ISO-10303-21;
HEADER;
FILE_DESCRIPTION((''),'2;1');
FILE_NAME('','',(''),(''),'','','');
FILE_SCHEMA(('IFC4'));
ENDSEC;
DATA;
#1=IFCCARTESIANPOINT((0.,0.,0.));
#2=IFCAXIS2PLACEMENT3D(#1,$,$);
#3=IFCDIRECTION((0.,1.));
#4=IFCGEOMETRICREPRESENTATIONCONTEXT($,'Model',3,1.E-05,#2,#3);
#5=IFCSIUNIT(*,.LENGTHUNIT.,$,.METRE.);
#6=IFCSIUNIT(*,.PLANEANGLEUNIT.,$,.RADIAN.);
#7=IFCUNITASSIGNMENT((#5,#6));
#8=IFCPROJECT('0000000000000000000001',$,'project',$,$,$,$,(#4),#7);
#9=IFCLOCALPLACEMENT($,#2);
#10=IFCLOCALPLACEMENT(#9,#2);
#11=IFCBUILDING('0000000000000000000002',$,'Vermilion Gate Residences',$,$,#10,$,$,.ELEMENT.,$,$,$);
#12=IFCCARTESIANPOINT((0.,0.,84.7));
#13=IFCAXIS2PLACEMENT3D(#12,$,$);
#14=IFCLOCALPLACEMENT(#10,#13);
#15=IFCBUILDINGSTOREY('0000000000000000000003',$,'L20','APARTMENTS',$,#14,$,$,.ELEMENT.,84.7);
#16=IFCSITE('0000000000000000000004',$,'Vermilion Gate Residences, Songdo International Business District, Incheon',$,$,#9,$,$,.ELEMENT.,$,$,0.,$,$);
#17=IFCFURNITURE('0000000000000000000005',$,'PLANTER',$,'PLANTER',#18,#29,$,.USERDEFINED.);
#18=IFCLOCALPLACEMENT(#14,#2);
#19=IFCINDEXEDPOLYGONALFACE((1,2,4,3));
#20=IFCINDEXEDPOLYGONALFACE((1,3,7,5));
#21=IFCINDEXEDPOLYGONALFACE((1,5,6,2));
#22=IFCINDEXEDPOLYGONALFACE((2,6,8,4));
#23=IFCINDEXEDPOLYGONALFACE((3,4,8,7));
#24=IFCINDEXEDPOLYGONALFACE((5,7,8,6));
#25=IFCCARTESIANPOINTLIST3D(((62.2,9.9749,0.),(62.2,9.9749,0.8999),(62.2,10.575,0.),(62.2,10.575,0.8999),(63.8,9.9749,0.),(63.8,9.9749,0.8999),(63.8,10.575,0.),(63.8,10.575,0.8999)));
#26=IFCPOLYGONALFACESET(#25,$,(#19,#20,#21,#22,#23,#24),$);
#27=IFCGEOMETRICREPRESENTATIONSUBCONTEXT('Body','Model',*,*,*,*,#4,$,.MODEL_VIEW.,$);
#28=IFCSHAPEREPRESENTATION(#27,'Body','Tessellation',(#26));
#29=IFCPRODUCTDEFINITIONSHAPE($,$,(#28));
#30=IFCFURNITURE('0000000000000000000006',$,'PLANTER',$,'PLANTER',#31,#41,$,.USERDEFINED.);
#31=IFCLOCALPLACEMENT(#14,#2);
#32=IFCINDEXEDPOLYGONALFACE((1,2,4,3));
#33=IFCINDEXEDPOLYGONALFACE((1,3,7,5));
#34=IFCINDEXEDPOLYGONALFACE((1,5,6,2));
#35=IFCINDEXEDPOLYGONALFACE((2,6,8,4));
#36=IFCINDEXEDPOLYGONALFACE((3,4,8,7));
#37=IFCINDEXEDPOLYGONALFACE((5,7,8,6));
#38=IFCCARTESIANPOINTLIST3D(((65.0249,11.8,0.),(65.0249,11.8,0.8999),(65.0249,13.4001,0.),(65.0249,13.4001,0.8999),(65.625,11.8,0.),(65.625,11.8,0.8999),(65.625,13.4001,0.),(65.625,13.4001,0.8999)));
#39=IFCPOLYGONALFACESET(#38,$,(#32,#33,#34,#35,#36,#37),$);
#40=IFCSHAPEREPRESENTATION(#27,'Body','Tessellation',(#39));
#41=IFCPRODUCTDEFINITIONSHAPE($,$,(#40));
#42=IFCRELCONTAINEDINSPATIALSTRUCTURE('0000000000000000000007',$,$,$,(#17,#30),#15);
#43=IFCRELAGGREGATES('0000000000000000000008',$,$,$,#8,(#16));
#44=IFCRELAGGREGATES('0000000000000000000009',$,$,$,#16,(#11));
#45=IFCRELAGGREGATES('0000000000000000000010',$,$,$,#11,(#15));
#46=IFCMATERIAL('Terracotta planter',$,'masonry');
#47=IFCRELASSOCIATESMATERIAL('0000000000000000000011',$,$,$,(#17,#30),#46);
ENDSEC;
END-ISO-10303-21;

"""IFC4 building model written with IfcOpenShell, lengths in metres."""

from ifc_helpers import new_model, si_unit, direction, frame, origin, origin_2d, place, context, subcontext, project, spatial, rectangle, extrude, material, element, save


model = new_model("IFC4")

# Units and contexts
model_context = context("Model", 3, precision=1e-05, world=origin(), true_north=direction((0.0, 1.0)))
body_context = subcontext(model_context, "Body", "Model", "MODEL_VIEW")
ifc_project = project(units=[si_unit("LENGTHUNIT", "METRE"), si_unit("PLANEANGLEUNIT", "RADIAN")], contexts=[model_context])

# Site, building, storey
site_placement = place(None, origin())
site = spatial("IfcSite", under=ifc_project, at=site_placement, Name="Vermilion Gate Residences, Songdo International Business District, Incheon", CompositionType="ELEMENT", RefElevation=0.0)
building_placement = place(site_placement, origin())
building = spatial("IfcBuilding", under=site, at=building_placement, Name="Vermilion Gate Residences", CompositionType="ELEMENT")
storey_placement = place(building_placement, frame((0.0, 0.0, 84.7)))
storey = spatial("IfcBuildingStorey", under=building, at=storey_placement, Name="L20", Description="APARTMENTS", CompositionType="ELEMENT", Elevation=84.7)

# Furniture
ifc_material_1 = material(Name="Terracotta planter", Category="masonry")
for number, where, z_axis, x_axis, name in (
    (1, (63.0, 10.2749, 0.0), (0.0, 0.0, 1.0), (1.0, 0.0, 0.0), "PLANTER"),
    (2, (65.325, 12.6001, 0.0), (0.0, 0.0, 1.0), (0.0, 1.0, 0.0), "PLANTER"),
):
    element("IfcFurniture", number, at=place(storey_placement, frame(where, z_axis=z_axis, x_axis=x_axis)), inside=storey, material=ifc_material_1, Name=name, ObjectType="PLANTER", PredefinedType="USERDEFINED", context=body_context, shape_type="SweptSolid", body=[
        extrude(rectangle(XDim=1.6001, YDim=0.6001, at=origin_2d()), origin(), (0.0, 0.0, 1.0), 0.8999),
    ])

save(model, "model.ifc")
